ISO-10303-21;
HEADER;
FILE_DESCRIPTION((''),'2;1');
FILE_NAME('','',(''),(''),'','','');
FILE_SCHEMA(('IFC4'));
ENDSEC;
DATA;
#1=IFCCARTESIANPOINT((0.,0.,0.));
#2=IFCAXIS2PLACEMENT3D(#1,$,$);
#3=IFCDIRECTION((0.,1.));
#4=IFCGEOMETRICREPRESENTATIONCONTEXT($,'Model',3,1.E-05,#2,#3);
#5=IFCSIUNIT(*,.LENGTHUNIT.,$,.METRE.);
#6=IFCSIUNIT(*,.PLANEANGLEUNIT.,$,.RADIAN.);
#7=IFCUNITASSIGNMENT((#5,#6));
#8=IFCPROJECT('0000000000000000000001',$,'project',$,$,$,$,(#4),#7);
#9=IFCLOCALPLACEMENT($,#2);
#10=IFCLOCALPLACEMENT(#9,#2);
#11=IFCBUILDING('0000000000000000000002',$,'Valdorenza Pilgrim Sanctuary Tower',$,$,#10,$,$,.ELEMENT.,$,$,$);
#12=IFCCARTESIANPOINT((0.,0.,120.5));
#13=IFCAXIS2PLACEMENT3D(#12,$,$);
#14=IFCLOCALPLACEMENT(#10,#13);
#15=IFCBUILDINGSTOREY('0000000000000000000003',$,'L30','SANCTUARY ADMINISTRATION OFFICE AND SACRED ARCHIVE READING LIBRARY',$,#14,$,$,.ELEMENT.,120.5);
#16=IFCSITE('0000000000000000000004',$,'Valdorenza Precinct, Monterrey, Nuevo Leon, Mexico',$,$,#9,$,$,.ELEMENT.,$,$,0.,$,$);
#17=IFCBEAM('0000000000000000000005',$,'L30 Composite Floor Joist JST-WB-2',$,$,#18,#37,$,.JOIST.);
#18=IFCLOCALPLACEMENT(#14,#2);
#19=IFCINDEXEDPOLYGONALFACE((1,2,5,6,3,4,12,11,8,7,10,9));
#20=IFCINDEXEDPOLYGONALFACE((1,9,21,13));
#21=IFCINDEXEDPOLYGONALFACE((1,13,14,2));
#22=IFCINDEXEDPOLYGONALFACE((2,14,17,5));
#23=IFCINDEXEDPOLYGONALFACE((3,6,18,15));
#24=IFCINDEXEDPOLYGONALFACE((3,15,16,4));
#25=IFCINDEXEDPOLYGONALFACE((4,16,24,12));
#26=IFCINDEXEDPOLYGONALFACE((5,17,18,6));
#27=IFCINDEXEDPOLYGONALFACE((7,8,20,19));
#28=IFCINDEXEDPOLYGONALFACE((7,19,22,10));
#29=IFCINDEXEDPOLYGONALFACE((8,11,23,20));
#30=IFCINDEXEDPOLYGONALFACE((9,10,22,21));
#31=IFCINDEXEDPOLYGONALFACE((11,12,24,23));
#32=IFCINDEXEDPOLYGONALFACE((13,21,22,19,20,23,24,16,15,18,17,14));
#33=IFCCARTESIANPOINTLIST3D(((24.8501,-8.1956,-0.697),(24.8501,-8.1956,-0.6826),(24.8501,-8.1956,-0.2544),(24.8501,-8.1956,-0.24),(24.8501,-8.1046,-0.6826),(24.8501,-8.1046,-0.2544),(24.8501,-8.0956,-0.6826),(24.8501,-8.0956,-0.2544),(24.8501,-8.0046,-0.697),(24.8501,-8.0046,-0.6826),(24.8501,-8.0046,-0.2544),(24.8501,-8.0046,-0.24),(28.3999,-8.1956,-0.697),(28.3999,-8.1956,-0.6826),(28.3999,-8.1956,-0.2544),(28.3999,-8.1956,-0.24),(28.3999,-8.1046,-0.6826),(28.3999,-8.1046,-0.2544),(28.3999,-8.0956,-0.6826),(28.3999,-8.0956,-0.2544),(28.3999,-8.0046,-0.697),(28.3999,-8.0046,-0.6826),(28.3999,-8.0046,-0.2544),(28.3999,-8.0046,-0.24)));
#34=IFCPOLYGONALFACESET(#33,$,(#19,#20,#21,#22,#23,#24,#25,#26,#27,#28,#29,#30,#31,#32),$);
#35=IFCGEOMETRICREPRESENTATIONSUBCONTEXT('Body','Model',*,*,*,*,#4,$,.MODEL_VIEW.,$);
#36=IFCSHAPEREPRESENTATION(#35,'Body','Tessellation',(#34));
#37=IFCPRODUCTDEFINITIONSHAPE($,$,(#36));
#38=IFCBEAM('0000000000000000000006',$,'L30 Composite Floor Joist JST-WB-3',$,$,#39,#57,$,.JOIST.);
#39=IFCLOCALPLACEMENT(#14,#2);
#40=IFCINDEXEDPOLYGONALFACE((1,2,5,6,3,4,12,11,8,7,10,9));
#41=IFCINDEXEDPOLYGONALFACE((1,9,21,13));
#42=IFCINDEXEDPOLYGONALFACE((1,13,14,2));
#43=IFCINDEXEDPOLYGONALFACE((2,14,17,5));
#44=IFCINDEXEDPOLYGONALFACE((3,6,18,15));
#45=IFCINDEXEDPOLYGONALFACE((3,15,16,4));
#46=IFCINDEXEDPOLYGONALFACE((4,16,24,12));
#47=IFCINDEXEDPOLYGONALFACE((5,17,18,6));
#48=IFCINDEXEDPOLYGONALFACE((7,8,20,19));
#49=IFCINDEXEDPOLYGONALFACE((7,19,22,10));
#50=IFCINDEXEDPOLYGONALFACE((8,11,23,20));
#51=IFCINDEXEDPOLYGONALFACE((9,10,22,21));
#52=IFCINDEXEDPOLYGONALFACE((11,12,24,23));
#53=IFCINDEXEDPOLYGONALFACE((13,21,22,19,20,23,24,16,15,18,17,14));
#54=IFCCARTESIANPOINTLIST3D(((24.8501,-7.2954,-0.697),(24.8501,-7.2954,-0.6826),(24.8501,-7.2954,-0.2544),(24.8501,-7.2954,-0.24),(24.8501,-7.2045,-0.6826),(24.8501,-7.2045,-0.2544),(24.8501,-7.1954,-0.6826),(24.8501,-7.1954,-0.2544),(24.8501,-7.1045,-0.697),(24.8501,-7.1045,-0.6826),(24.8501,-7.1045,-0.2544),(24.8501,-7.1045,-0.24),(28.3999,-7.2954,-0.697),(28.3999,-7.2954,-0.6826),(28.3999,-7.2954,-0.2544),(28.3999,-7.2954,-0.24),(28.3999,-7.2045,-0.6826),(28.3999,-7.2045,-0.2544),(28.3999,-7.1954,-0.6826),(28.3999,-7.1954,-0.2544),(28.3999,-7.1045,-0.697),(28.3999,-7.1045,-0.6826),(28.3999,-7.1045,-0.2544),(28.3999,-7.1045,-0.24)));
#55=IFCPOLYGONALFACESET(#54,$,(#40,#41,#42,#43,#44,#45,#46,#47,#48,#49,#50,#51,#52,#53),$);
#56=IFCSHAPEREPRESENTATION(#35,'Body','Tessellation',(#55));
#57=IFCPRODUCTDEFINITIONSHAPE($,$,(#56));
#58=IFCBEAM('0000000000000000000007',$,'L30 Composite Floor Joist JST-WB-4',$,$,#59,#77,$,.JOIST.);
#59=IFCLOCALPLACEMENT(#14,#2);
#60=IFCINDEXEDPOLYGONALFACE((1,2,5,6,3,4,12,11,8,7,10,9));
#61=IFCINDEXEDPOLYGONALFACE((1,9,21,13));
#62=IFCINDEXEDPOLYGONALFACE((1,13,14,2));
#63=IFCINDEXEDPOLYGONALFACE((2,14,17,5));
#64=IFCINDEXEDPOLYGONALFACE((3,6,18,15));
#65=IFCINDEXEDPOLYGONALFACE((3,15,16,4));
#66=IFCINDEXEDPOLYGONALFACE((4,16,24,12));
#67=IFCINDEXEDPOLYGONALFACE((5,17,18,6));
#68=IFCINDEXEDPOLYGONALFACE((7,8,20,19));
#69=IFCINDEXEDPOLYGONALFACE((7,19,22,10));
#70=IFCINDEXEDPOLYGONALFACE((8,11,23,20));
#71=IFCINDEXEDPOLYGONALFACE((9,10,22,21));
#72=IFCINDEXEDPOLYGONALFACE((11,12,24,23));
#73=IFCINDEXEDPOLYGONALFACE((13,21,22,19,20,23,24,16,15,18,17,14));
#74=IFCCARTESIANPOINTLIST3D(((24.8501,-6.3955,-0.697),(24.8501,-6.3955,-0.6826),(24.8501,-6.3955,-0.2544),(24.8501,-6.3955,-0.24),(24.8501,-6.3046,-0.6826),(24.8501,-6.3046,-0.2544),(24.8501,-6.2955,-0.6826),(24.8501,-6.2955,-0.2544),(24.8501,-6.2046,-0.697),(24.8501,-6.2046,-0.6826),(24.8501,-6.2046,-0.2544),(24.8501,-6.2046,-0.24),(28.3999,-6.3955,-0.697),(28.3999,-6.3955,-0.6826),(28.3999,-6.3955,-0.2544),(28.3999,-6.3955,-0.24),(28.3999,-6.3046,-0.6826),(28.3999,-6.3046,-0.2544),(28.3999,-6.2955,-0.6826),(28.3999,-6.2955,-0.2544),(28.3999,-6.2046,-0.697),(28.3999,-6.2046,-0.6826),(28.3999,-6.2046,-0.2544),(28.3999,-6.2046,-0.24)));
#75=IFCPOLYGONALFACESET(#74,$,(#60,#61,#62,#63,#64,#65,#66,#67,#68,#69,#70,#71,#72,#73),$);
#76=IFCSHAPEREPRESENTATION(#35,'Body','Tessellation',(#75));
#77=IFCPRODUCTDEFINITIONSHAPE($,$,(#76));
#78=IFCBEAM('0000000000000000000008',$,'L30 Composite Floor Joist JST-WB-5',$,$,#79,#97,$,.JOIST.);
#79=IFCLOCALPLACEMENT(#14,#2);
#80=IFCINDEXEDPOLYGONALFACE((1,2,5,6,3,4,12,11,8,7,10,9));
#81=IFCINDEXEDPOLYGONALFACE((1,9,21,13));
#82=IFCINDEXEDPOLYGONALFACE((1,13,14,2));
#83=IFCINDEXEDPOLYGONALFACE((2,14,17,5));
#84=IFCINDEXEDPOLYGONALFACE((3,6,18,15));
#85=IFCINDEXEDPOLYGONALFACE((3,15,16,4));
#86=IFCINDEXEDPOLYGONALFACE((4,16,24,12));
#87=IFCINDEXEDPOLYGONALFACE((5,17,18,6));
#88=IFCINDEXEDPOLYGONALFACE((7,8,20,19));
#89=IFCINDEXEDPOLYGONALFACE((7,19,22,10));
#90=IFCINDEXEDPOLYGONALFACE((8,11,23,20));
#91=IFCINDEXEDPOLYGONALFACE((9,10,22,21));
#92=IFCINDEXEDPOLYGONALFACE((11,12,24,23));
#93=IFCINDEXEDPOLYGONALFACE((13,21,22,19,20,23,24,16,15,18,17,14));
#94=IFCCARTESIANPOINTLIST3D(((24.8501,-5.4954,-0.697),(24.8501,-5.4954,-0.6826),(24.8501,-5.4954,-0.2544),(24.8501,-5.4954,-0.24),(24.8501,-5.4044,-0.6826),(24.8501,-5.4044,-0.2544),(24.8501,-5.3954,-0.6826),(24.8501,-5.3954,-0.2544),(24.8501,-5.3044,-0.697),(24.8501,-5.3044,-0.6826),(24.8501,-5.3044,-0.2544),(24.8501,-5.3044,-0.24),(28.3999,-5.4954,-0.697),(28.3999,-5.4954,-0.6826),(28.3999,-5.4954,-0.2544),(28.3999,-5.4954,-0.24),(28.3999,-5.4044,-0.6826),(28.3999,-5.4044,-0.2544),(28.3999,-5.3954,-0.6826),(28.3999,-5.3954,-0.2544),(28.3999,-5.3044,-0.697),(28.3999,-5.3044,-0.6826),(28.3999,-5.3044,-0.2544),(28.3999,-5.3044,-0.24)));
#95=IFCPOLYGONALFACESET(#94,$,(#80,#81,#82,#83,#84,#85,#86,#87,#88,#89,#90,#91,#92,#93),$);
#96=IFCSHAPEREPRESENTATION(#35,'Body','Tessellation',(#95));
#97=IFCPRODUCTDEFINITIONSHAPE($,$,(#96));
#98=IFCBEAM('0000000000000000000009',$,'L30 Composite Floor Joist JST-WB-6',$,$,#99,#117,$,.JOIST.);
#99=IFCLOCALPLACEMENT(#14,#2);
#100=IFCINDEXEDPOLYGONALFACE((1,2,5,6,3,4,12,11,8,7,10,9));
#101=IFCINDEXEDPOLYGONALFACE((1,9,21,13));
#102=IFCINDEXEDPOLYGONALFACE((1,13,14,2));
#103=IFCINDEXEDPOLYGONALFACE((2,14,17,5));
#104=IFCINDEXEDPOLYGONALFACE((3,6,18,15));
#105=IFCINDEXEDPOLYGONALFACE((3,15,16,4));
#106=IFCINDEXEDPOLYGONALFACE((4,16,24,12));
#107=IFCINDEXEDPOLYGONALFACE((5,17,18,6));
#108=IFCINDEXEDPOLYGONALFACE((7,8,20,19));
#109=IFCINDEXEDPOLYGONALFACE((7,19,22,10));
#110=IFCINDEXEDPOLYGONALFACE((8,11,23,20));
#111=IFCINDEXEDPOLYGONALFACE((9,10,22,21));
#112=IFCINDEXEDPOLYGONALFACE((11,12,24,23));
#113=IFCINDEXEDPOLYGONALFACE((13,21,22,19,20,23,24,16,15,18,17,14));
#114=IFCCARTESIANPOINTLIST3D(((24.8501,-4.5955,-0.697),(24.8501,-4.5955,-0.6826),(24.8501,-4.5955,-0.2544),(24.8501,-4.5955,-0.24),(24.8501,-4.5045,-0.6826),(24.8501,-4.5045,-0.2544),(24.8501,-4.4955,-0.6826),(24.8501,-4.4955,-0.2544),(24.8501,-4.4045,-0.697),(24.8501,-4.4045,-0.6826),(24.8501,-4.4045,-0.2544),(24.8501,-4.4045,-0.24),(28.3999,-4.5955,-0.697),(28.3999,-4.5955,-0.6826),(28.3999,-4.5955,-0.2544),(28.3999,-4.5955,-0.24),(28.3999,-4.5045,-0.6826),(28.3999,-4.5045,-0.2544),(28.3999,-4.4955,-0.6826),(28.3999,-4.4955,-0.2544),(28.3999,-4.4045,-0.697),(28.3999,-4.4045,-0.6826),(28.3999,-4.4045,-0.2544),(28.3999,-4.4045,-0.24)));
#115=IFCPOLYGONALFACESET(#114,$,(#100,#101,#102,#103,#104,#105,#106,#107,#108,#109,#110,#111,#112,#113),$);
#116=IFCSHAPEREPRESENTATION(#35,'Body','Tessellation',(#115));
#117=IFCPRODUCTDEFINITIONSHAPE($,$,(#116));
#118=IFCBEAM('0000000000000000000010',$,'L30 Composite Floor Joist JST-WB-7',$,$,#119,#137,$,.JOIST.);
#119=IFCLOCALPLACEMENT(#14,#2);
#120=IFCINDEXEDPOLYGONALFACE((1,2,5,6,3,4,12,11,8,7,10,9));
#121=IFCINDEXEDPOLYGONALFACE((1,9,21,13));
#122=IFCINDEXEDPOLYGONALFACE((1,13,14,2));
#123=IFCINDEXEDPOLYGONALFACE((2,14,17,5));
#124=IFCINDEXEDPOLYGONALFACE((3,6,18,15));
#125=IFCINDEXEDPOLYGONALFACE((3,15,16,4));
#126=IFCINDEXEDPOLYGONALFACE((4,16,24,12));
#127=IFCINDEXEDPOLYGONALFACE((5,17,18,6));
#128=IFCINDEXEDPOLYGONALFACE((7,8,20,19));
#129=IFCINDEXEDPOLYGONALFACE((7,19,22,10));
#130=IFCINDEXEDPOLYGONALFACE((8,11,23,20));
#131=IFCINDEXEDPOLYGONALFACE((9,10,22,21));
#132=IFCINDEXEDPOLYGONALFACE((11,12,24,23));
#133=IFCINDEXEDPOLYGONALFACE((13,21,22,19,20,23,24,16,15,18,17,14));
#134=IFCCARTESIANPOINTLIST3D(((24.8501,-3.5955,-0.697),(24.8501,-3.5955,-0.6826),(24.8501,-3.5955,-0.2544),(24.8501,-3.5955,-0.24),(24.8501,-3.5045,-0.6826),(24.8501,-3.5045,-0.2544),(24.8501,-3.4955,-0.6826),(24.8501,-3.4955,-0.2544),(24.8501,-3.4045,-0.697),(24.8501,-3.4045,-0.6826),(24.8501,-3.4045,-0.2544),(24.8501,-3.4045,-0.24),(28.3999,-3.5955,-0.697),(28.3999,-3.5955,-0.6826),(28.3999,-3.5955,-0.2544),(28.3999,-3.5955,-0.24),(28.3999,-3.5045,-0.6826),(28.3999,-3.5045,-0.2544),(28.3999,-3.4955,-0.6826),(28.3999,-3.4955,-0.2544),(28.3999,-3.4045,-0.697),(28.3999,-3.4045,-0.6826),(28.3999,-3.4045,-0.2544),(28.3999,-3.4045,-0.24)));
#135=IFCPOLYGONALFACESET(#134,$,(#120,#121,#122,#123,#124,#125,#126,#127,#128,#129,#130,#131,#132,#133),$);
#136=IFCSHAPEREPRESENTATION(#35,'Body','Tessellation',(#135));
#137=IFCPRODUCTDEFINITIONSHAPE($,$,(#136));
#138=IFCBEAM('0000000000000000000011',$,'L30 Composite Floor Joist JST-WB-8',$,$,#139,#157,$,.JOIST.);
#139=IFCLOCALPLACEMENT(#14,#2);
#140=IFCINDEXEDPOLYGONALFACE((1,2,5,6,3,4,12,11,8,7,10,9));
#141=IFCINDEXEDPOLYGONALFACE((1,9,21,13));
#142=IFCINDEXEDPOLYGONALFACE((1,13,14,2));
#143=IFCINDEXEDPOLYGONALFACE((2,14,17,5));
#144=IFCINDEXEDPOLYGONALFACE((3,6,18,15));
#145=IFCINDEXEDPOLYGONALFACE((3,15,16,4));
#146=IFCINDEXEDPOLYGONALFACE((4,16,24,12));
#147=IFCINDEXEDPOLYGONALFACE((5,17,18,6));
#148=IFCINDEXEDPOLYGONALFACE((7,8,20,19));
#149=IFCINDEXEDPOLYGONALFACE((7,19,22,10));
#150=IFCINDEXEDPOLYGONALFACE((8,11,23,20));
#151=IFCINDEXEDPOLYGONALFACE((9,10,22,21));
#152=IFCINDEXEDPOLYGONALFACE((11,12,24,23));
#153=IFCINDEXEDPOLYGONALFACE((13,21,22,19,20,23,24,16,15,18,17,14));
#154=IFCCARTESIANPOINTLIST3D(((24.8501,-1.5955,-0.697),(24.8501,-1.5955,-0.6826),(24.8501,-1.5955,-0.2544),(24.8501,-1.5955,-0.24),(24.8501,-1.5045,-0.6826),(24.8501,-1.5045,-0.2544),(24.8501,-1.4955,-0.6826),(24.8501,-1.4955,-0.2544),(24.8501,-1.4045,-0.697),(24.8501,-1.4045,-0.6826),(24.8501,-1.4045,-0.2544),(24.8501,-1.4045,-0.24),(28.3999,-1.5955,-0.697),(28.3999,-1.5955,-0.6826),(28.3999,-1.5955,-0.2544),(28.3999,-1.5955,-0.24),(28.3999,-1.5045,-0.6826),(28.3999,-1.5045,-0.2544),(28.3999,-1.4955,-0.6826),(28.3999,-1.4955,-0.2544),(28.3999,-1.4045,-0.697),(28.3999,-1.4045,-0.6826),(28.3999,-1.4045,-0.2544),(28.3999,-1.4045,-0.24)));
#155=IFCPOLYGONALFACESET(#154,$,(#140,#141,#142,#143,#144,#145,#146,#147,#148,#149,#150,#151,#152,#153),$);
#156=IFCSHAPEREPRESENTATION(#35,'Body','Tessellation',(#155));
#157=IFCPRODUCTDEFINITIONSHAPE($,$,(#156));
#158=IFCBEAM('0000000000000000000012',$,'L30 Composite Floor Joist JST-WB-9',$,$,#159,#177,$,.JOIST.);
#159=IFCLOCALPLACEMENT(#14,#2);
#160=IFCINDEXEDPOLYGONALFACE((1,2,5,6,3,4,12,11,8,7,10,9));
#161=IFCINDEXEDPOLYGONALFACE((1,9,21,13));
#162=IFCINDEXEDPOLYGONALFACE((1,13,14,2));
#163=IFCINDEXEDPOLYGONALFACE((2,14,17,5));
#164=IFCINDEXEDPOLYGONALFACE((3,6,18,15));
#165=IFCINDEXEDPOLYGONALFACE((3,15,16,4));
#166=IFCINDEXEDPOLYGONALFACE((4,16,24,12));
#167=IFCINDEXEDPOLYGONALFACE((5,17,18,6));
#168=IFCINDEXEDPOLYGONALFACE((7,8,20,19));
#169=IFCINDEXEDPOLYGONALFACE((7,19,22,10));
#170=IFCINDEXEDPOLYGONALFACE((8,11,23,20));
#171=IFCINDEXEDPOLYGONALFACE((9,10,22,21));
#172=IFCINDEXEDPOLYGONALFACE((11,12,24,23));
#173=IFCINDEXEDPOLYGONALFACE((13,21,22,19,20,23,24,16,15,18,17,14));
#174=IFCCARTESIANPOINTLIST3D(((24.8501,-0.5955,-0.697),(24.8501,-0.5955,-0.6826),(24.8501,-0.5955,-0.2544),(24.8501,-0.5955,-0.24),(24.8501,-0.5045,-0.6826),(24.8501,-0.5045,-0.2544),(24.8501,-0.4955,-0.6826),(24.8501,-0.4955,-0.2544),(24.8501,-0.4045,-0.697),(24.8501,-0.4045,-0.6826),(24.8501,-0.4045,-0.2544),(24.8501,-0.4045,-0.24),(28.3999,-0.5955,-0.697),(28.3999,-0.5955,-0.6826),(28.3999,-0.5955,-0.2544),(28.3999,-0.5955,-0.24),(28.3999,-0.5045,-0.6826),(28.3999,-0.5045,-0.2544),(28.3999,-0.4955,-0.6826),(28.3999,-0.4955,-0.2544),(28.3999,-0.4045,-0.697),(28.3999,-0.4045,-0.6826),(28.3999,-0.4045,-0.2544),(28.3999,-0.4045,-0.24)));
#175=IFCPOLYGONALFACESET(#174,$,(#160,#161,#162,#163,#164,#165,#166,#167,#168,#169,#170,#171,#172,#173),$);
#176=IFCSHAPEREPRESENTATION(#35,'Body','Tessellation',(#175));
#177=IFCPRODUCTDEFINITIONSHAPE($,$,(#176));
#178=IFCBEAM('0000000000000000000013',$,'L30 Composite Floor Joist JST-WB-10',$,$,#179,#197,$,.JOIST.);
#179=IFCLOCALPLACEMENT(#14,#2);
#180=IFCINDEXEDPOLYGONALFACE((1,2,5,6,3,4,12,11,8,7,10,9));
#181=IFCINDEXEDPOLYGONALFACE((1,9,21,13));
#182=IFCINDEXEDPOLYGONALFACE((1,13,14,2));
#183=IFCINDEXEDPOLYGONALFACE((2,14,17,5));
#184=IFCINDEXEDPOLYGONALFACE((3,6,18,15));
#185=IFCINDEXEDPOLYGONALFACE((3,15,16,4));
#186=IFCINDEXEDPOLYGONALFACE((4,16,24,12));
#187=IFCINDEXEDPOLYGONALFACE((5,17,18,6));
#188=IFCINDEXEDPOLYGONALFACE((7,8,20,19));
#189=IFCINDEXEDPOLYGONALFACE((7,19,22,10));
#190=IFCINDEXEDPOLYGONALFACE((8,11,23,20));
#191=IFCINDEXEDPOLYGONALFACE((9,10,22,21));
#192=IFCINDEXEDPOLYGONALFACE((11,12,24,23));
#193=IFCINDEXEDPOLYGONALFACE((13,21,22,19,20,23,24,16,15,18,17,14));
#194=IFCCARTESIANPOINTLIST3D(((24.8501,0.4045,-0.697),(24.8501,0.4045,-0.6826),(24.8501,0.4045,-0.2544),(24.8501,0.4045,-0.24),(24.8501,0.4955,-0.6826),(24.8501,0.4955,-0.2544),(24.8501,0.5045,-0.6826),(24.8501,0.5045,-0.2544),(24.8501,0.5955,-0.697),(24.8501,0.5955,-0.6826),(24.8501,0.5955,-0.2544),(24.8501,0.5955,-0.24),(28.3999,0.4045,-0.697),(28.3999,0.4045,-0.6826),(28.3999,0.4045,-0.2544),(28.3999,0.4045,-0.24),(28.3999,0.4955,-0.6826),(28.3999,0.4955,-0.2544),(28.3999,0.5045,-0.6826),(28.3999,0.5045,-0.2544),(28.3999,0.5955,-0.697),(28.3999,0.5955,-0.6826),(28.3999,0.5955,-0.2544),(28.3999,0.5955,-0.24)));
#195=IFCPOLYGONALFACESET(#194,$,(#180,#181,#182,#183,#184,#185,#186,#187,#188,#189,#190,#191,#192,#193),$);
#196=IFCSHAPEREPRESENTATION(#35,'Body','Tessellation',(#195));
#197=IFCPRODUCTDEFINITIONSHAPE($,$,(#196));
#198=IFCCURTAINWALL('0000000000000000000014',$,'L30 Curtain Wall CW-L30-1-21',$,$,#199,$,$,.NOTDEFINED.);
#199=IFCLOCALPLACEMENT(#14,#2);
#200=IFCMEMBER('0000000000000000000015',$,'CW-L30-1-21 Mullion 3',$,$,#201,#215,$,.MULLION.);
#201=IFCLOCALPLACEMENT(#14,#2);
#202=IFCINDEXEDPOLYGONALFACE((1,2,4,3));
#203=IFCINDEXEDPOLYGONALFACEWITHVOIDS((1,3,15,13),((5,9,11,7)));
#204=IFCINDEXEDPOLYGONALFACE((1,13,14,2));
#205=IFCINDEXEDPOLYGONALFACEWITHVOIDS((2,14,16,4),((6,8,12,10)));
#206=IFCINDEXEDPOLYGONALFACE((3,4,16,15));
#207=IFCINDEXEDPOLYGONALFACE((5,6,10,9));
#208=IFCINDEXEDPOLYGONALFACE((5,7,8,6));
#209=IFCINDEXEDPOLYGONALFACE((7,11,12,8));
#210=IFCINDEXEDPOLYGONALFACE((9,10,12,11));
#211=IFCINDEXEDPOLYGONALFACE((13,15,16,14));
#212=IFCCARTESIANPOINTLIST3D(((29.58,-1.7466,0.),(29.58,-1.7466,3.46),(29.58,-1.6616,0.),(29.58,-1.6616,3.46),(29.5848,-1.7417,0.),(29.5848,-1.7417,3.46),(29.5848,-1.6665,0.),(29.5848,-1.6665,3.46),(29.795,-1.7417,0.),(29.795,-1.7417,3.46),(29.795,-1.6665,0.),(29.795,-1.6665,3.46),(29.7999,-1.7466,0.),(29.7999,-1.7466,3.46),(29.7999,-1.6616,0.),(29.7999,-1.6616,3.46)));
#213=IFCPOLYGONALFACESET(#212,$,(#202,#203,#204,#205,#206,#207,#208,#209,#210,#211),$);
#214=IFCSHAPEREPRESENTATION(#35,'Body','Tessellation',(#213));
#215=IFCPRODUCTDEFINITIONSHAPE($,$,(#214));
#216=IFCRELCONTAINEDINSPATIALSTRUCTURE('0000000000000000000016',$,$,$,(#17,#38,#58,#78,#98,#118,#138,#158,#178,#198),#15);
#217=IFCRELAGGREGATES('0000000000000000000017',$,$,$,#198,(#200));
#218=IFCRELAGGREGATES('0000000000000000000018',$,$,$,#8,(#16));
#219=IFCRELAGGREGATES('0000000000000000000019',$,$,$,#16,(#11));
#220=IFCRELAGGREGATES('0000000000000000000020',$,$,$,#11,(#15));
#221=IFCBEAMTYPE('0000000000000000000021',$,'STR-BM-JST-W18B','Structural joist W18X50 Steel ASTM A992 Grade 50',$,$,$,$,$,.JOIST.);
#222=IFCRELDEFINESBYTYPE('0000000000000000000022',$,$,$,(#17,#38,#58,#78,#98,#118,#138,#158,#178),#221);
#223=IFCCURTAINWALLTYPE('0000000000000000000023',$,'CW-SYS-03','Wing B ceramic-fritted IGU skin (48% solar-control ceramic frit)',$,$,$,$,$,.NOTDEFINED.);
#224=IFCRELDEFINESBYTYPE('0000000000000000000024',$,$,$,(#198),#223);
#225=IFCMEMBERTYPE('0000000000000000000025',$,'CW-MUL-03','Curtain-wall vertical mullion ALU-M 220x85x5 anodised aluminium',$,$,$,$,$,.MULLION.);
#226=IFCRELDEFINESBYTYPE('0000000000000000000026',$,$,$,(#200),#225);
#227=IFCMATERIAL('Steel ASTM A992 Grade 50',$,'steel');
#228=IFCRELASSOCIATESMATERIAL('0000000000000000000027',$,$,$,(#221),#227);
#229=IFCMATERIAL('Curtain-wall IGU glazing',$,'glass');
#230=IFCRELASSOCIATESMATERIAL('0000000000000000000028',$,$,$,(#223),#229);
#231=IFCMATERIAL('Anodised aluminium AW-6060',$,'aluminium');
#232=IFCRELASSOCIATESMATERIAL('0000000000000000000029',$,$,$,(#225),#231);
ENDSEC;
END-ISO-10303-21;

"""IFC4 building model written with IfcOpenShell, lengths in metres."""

from ifc_helpers import new_model, si_unit, direction, frame, origin, origin_2d, place, context, subcontext, project, spatial, hollow_rectangle, i_section, extrude, source, transform, mapped, material, material_profile, profile_set, type_object, element, aggregate, save


model = new_model("IFC4")

# Units and contexts
model_context = context("Model", 3, precision=1e-05, world=origin(), true_north=direction((0.0, 1.0)))
body_context = subcontext(model_context, "Body", "Model", "MODEL_VIEW")
ifc_project = project(units=[si_unit("LENGTHUNIT", "METRE"), si_unit("PLANEANGLEUNIT", "RADIAN")], contexts=[model_context])

# Site, building, storey
site_placement = place(None, origin())
site = spatial("IfcSite", under=ifc_project, at=site_placement, Name="Valdorenza Precinct, Monterrey, Nuevo Leon, Mexico", CompositionType="ELEMENT", RefElevation=0.0)
building_placement = place(site_placement, origin())
building = spatial("IfcBuilding", under=site, at=building_placement, Name="Valdorenza Pilgrim Sanctuary Tower", CompositionType="ELEMENT")
storey_placement = place(building_placement, frame((0.0, 0.0, 120.5)))
storey = spatial("IfcBuildingStorey", under=building, at=storey_placement, Name="L30", Description="SANCTUARY ADMINISTRATION OFFICE AND SACRED ARCHIVE READING LIBRARY", CompositionType="ELEMENT", Elevation=120.5)

# Shared definitions
ifc_material_1 = material(Name="Steel ASTM A992 Grade 50", Category="steel")

# Beams
ifc_material_profile_1 = material_profile(ifc_material_1, i_section(OverallWidth=0.1909, OverallDepth=0.457, WebThickness=0.009, FlangeThickness=0.0144, at=origin_2d()), Name="W18X50")
ifc_profile_set_1 = profile_set([ifc_material_profile_1], Name="Steel ASTM A992 Grade 50")
beam_type_1 = type_object("IfcBeamType", Name="STR-BM-JST-W18B", Description="Structural joist W18X50 Steel ASTM A992 Grade 50", PredefinedType="JOIST", material=ifc_profile_set_1)
shared_shape_1 = source(origin(), body_context, "Body", "SweptSolid", [
    extrude(i_section(OverallWidth=0.1909, OverallDepth=0.457, WebThickness=0.009, FlangeThickness=0.0144, at=origin_2d()), origin(), (0.0, 0.0, 1.0), 3.5498),
])
for number, where, z_axis, x_axis, name in (
    (1, (24.8501, -8.1001, -0.4685), (1.0, 0.0, 0.0), (0.0, 1.0, 0.0), "L30 Composite Floor Joist JST-WB-2"),
    (2, (24.8501, -7.2, -0.4685), (1.0, 0.0, 0.0), (0.0, 1.0, 0.0), "L30 Composite Floor Joist JST-WB-3"),
    (3, (24.8501, -6.3, -0.4685), (1.0, 0.0, 0.0), (0.0, 1.0, 0.0), "L30 Composite Floor Joist JST-WB-4"),
    (4, (24.8501, -5.3999, -0.4685), (1.0, 0.0, 0.0), (0.0, 1.0, 0.0), "L30 Composite Floor Joist JST-WB-5"),
    (5, (24.8501, -4.5, -0.4685), (1.0, 0.0, 0.0), (0.0, 1.0, 0.0), "L30 Composite Floor Joist JST-WB-6"),
    (6, (24.8501, -3.5, -0.4685), (1.0, 0.0, 0.0), (0.0, 1.0, 0.0), "L30 Composite Floor Joist JST-WB-7"),
    (7, (24.8501, -1.5, -0.4685), (1.0, 0.0, 0.0), (0.0, 1.0, 0.0), "L30 Composite Floor Joist JST-WB-8"),
    (8, (24.8501, -0.5, -0.4685), (1.0, 0.0, 0.0), (0.0, 1.0, 0.0), "L30 Composite Floor Joist JST-WB-9"),
    (9, (24.8501, 0.5, -0.4685), (1.0, 0.0, 0.0), (0.0, 1.0, 0.0), "L30 Composite Floor Joist JST-WB-10"),
):
    element("IfcBeam", number, at=place(storey_placement, frame(where, z_axis=z_axis, x_axis=x_axis)), inside=storey, type_object=beam_type_1, Name=name, PredefinedType="JOIST", context=body_context, shape_type="MappedRepresentation", body=[
        mapped(shared_shape_1, transform((0.0, 0.0, 0.0), x_axis=(1.0, 0.0, 0.0), y_axis=(0.0, 1.0, 0.0), z_axis=(0.0, 0.0, 1.0), scale=1.0)),
    ])

# Curtain wall, member
ifc_material_2 = material(Name="Curtain-wall IGU glazing", Category="glass")
curtain_wall_type = type_object("IfcCurtainWallType", Name="CW-SYS-03", Description="Wing B ceramic-fritted IGU skin (48% solar-control ceramic frit)", PredefinedType="NOTDEFINED", material=ifc_material_2)
curtain_wall_1_placement = place(storey_placement, origin())
curtain_wall_1 = element("IfcCurtainWall", 10, at=curtain_wall_1_placement, inside=storey, type_object=curtain_wall_type, Name="L30 Curtain Wall CW-L30-1-21", PredefinedType="NOTDEFINED")
ifc_material_3 = material(Name="Anodised aluminium AW-6060", Category="aluminium")
ifc_material_profile_2 = material_profile(ifc_material_3, hollow_rectangle(XDim=0.085, YDim=0.22, WallThickness=0.0049, at=origin_2d()), Name="ALU-M 220x85x5")
ifc_profile_set_2 = profile_set([ifc_material_profile_2], Name="Anodised aluminium AW-6060")
member_type_1 = type_object("IfcMemberType", Name="CW-MUL-03", Description="Curtain-wall vertical mullion ALU-M 220x85x5 anodised aluminium", PredefinedType="MULLION", material=ifc_profile_set_2)
shared_shape_2 = source(origin(), body_context, "Body", "SweptSolid", [
    extrude(hollow_rectangle(XDim=0.085, YDim=0.22, WallThickness=0.0049, at=origin_2d()), origin(), (0.0, 0.0, 1.0), 3.46),
])
member_1_placement = place(storey_placement, frame((29.6899, -1.7041, 0.0), z_axis=(0.0, 0.0, 1.0), x_axis=(0.0, -1.0, 0.0)))
member_1 = element("IfcMember", 11, at=member_1_placement, type_object=member_type_1, Name="CW-L30-1-21 Mullion 3", PredefinedType="MULLION", context=body_context, shape_type="MappedRepresentation", body=[
    mapped(shared_shape_2, transform((0.0, 0.0, 0.0), x_axis=(1.0, 0.0, 0.0), y_axis=(0.0, 1.0, 0.0), z_axis=(0.0, 0.0, 1.0), scale=1.0)),
])

aggregate(curtain_wall_1, [member_1])

save(model, "model.ifc")
